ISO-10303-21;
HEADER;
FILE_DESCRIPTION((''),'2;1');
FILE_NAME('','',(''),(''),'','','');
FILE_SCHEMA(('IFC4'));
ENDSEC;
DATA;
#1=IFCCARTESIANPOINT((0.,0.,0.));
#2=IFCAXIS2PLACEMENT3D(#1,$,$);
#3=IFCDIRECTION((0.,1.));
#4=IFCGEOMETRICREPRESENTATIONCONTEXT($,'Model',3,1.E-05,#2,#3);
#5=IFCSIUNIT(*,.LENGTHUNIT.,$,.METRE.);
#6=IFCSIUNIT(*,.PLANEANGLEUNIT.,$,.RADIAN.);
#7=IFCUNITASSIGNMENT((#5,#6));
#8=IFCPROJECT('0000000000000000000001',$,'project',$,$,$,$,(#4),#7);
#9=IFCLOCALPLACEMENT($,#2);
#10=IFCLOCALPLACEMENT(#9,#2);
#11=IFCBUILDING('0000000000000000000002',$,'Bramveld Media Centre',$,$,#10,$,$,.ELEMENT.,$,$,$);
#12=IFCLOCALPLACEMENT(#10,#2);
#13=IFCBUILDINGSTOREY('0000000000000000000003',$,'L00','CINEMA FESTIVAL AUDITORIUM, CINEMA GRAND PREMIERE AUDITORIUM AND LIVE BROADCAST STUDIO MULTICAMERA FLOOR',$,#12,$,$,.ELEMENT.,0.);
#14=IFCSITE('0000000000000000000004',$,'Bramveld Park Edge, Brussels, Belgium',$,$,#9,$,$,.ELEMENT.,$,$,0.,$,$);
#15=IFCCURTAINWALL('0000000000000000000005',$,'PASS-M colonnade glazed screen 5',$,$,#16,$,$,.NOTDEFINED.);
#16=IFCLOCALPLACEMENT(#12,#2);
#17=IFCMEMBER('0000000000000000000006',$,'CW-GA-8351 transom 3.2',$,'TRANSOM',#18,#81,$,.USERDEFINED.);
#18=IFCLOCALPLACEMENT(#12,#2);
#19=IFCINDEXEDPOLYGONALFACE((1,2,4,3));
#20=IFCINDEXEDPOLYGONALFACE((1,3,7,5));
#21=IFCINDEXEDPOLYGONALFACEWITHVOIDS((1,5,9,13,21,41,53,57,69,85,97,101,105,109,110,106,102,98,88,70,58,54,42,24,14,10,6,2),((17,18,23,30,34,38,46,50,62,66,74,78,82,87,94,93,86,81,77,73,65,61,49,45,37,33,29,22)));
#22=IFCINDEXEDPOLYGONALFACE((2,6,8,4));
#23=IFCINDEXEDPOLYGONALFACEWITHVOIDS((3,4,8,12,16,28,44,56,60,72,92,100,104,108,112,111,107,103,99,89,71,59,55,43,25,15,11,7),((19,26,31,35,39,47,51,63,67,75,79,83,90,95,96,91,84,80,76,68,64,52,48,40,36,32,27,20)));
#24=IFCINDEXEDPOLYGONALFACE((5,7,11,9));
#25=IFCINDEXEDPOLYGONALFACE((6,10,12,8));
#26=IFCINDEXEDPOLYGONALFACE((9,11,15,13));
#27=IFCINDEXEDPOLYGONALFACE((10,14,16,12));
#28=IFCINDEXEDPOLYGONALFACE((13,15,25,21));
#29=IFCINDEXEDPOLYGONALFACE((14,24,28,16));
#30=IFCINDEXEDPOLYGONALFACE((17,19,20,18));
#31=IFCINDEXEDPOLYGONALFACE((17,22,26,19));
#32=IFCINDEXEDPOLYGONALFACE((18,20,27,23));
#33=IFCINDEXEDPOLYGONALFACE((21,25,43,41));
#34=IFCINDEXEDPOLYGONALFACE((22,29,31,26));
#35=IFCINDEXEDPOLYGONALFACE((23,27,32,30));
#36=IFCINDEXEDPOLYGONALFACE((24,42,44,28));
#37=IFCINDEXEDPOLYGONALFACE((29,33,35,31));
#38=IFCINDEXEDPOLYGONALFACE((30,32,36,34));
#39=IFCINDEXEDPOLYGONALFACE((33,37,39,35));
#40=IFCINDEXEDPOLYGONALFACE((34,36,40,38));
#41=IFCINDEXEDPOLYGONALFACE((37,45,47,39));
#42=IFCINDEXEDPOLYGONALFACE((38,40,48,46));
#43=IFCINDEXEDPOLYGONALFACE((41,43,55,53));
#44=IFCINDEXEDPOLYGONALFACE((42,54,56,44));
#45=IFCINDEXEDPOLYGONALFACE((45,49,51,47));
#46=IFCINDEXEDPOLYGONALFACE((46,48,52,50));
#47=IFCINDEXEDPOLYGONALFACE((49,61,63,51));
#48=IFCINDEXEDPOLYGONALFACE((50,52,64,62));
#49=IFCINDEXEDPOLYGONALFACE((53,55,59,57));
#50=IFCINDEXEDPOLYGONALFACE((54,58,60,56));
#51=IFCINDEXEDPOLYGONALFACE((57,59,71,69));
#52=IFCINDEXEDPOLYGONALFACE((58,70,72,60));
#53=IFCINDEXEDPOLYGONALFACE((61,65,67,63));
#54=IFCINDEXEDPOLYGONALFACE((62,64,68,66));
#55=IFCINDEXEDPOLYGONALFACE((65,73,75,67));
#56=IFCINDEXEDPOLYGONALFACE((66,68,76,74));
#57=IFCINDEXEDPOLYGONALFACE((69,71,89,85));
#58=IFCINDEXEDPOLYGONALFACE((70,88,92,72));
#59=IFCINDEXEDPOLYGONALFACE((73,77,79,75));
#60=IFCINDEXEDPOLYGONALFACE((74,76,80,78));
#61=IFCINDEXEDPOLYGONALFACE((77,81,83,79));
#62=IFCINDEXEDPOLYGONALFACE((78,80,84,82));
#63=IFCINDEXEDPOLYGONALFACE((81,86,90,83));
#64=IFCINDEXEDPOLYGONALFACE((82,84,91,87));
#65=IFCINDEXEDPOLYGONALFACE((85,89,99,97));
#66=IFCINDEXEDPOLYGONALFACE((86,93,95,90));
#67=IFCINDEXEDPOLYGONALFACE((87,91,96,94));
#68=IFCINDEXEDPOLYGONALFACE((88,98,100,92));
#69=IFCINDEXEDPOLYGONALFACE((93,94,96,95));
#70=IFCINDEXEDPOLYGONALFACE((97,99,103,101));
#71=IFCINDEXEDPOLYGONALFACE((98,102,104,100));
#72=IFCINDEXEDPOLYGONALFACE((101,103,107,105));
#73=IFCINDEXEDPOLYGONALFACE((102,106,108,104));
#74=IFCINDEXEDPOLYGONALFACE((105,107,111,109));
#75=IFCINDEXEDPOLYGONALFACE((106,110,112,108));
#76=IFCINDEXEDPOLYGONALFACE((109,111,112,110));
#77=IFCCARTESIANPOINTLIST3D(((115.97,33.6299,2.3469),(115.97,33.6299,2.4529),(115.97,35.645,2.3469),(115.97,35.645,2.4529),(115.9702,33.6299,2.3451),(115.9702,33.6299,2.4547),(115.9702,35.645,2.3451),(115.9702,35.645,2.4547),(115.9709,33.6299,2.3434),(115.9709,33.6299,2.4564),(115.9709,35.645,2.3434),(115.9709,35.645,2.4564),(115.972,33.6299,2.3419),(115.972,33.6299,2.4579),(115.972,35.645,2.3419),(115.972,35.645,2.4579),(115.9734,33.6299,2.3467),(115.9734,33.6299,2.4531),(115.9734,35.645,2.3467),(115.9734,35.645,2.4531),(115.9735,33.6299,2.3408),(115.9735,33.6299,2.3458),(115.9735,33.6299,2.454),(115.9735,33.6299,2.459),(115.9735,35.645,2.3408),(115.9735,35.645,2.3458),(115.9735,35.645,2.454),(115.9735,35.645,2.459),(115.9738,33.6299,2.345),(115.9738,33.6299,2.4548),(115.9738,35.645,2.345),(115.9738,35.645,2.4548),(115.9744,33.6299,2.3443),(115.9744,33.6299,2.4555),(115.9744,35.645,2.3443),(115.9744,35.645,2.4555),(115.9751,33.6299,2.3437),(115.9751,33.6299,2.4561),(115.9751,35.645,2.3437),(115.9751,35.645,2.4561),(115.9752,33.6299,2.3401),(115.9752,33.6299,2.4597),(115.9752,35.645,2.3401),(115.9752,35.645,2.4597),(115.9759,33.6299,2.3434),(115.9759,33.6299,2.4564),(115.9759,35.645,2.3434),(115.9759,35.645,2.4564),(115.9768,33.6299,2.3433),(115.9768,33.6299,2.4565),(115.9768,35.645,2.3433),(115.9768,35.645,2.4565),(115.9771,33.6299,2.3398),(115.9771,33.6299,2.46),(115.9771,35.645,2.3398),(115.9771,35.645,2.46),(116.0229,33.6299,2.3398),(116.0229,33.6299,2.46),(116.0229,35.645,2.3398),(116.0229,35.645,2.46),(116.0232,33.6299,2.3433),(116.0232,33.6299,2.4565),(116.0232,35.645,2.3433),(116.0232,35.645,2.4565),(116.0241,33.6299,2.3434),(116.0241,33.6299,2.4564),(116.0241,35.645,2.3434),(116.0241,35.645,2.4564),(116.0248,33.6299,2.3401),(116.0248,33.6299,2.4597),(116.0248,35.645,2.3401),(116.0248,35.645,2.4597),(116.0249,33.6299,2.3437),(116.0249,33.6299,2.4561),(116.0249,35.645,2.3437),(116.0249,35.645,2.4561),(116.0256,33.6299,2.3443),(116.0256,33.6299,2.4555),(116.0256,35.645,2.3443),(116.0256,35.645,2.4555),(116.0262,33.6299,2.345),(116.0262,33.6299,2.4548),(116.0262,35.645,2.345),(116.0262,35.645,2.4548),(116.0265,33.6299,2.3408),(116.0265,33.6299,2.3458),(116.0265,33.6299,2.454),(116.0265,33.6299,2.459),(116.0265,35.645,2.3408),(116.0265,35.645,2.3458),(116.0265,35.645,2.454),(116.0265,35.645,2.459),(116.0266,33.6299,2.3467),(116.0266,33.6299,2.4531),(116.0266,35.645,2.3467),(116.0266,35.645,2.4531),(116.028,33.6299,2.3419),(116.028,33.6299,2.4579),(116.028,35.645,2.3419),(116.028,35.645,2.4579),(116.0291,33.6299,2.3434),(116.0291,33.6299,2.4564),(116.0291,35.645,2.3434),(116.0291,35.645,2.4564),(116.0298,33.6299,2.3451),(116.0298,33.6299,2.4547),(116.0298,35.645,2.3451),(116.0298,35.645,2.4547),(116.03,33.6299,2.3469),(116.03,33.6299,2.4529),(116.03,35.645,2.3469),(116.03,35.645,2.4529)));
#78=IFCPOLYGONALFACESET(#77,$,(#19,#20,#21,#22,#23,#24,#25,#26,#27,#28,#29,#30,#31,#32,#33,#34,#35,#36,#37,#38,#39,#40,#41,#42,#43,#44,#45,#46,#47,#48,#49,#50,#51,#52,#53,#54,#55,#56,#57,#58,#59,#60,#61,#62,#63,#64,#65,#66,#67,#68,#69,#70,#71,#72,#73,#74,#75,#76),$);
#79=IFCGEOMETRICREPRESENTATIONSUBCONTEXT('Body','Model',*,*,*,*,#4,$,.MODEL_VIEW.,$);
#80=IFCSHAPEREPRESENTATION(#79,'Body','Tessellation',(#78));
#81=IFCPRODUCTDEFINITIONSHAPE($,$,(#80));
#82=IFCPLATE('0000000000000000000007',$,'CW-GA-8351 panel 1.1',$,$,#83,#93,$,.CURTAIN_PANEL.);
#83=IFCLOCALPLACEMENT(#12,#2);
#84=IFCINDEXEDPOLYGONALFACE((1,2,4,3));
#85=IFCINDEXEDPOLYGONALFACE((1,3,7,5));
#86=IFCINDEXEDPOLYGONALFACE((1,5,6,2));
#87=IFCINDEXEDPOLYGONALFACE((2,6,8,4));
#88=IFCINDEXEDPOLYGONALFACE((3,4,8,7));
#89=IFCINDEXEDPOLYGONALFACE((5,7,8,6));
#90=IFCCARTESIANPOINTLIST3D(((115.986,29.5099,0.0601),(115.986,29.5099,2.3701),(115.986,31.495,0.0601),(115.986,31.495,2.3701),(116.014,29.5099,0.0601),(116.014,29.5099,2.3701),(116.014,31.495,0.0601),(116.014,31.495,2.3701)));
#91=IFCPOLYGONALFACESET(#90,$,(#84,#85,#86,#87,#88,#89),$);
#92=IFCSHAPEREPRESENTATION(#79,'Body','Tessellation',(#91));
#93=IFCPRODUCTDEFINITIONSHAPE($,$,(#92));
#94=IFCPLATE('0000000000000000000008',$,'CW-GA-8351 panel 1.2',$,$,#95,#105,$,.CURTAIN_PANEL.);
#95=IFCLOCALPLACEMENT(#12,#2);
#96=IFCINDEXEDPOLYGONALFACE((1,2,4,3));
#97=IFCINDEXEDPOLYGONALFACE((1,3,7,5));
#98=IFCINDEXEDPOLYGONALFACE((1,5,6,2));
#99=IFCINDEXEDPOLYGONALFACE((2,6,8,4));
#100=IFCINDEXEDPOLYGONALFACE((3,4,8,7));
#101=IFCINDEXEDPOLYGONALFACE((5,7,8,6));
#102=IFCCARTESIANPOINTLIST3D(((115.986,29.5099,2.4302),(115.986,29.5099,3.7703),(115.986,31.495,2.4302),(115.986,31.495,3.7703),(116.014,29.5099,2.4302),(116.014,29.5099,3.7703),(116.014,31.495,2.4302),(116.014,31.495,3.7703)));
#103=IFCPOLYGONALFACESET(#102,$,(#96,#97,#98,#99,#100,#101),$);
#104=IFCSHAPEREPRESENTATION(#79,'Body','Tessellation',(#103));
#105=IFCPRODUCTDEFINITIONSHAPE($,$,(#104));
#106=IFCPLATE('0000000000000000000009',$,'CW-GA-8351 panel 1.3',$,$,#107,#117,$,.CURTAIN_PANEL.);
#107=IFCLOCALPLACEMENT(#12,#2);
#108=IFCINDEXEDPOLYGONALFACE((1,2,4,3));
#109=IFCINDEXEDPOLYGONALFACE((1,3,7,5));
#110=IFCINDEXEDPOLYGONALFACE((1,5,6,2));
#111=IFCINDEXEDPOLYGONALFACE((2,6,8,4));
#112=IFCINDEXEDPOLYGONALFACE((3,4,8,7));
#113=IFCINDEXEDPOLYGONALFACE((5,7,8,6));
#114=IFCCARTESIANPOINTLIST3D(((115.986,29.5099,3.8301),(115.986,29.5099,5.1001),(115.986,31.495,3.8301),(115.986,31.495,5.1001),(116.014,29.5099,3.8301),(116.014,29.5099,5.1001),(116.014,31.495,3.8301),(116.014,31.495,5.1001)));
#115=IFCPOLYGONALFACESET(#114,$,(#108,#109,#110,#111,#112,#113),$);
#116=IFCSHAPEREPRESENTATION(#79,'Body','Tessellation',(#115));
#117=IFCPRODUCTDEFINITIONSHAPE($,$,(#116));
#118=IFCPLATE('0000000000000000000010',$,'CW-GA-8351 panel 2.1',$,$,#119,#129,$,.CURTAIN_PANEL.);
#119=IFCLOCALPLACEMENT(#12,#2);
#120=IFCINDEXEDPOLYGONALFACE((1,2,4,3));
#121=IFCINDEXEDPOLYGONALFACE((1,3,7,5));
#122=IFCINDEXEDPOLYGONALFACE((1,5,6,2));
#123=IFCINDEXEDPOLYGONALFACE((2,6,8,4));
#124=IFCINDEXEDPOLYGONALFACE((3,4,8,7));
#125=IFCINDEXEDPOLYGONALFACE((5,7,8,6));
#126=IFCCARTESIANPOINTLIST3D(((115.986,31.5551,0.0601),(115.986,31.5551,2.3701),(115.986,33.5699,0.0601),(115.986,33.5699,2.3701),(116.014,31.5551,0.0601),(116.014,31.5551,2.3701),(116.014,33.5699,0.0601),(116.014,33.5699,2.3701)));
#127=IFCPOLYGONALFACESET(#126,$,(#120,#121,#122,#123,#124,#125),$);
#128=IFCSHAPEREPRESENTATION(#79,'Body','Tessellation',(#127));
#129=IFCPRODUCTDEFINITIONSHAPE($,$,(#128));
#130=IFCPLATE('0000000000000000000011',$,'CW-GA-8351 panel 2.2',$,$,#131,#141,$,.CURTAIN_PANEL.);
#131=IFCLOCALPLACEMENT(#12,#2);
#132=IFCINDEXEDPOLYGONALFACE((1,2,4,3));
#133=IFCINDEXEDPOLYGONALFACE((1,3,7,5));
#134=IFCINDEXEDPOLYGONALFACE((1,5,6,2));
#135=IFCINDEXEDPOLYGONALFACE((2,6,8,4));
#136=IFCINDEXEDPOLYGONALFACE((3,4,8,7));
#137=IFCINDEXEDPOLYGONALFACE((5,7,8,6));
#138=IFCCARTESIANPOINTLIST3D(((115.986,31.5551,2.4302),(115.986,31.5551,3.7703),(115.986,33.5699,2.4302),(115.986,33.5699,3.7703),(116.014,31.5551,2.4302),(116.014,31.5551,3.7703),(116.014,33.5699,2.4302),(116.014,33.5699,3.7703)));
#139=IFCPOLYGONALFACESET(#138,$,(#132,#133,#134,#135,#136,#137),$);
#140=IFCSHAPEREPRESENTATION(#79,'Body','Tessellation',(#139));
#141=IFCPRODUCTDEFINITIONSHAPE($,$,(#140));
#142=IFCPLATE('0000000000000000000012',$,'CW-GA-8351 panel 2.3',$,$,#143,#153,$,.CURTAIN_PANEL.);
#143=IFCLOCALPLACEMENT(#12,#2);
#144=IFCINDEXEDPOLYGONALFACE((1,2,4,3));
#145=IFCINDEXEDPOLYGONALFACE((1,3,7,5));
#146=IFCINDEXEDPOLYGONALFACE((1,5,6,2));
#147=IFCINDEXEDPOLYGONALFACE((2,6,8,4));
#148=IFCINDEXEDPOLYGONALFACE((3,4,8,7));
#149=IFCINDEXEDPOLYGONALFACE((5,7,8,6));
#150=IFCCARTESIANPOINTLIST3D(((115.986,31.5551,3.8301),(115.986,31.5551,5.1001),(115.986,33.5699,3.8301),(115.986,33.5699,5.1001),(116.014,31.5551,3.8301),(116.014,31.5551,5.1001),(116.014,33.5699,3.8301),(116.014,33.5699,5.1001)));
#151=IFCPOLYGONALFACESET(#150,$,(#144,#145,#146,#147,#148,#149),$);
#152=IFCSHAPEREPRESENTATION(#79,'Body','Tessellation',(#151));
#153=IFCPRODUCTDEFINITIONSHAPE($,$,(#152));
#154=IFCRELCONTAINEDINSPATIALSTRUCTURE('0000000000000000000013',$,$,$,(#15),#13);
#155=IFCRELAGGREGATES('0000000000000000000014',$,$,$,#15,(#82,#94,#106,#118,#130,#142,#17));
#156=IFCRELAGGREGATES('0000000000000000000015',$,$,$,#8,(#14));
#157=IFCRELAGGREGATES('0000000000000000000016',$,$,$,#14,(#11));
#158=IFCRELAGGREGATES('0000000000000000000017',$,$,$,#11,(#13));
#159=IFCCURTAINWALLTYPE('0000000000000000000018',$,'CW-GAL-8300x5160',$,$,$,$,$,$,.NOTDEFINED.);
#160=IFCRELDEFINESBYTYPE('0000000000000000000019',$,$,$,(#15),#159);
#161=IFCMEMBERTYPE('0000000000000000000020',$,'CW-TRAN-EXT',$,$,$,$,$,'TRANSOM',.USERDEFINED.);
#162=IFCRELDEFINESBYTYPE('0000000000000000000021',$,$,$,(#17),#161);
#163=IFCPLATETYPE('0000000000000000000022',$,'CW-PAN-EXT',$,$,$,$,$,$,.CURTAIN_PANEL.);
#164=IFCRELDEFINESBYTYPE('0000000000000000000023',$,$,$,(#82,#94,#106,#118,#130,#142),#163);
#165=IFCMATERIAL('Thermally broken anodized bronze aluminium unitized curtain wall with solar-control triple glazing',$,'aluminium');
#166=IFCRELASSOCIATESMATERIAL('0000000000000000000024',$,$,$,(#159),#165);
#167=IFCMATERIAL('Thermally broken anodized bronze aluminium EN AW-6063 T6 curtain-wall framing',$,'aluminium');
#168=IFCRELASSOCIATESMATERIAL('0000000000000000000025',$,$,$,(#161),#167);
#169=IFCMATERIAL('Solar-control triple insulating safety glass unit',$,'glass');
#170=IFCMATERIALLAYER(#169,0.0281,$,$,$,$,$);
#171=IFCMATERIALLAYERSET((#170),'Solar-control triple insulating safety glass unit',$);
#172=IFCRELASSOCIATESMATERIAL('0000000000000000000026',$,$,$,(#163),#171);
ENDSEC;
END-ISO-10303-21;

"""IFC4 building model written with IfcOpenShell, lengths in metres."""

from ifc_helpers import new_model, si_unit, direction, frame, origin, origin_2d, place, context, subcontext, project, spatial, rectangle, hollow_rectangle, extrude, material, layer, layer_set, material_profile, profile_set, type_object, element, aggregate, save


model = new_model("IFC4")

# Units and contexts
model_context = context("Model", 3, precision=1e-05, world=origin(), true_north=direction((0.0, 1.0)))
body_context = subcontext(model_context, "Body", "Model", "MODEL_VIEW")
ifc_project = project(units=[si_unit("LENGTHUNIT", "METRE"), si_unit("PLANEANGLEUNIT", "RADIAN")], contexts=[model_context])

# Site, building, storey
site_placement = place(None, origin())
site = spatial("IfcSite", under=ifc_project, at=site_placement, Name="Bramveld Park Edge, Brussels, Belgium", CompositionType="ELEMENT", RefElevation=0.0)
building_placement = place(site_placement, origin())
building = spatial("IfcBuilding", under=site, at=building_placement, Name="Bramveld Media Centre", CompositionType="ELEMENT")
storey_placement = place(building_placement, origin())
storey = spatial("IfcBuildingStorey", under=building, at=storey_placement, Name="L00", Description="CINEMA FESTIVAL AUDITORIUM, CINEMA GRAND PREMIERE AUDITORIUM AND LIVE BROADCAST STUDIO MULTICAMERA FLOOR", CompositionType="ELEMENT", Elevation=0.0)

# Curtain wall, member, plates
ifc_material_1 = material(Name="Thermally broken anodized bronze aluminium unitized curtain wall with solar-control triple glazing", Category="aluminium")
curtain_wall_type_1 = type_object("IfcCurtainWallType", Name="CW-GAL-8300x5160", PredefinedType="NOTDEFINED", material=ifc_material_1)
curtain_wall_1_placement = place(storey_placement, origin())
curtain_wall_1 = element("IfcCurtainWall", 1, at=curtain_wall_1_placement, inside=storey, type_object=curtain_wall_type_1, Name="PASS-M colonnade glazed screen 5", PredefinedType="NOTDEFINED")
ifc_material_2 = material(Name="Thermally broken anodized bronze aluminium EN AW-6063 T6 curtain-wall framing", Category="aluminium")
ifc_material_profile_1 = material_profile(ifc_material_2, hollow_rectangle(XDim=0.0601, YDim=0.1201, WallThickness=0.0034, InnerFilletRadius=0.0034, OuterFilletRadius=0.0071, at=origin_2d()), Name="AL-TRAN 60x120")
ifc_profile_set_1 = profile_set([ifc_material_profile_1], Name="Thermally broken anodized bronze aluminium EN AW-6063 T6 curtain-wall framing")
member_type_1 = type_object("IfcMemberType", Name="CW-TRAN-EXT", ElementType="TRANSOM", PredefinedType="USERDEFINED", material=ifc_profile_set_1)
member_1_placement = place(storey_placement, frame((116.0, 33.6299, 2.3999), z_axis=(0.0, 1.0, 0.0), x_axis=(-1.0, 0.0, 0.0)))
member_1 = element("IfcMember", 2, at=member_1_placement, type_object=member_type_1, Name="CW-GA-8351 transom 3.2", ObjectType="TRANSOM", PredefinedType="USERDEFINED", context=body_context, shape_type="SweptSolid", body=[
    extrude(hollow_rectangle(XDim=0.0601, YDim=0.1201, WallThickness=0.0034, InnerFilletRadius=0.0034, OuterFilletRadius=0.0071, at=origin_2d()), origin(), (0.0, 0.0, 1.0), 2.0151),
])
ifc_material_3 = material(Name="Solar-control triple insulating safety glass unit", Category="glass")
ifc_layer = layer(ifc_material_3, 0.0281)
ifc_layer_set = layer_set([ifc_layer], Name="Solar-control triple insulating safety glass unit")
plate_type = type_object("IfcPlateType", Name="CW-PAN-EXT", PredefinedType="CURTAIN_PANEL", material=ifc_layer_set)
plate_1_placement = place(storey_placement, frame((116.0, 30.5024, 0.0601), z_axis=(0.0, 0.0, 1.0), x_axis=(0.0, 1.0, 0.0)))
plate_1 = element("IfcPlate", 3, at=plate_1_placement, type_object=plate_type, Name="CW-GA-8351 panel 1.1", PredefinedType="CURTAIN_PANEL", context=body_context, shape_type="SweptSolid", body=[
    extrude(rectangle(XDim=1.9851, YDim=0.0281, at=origin_2d()), origin(), (0.0, 0.0, 1.0), 2.3101),
])
plate_2_placement = place(storey_placement, frame((116.0, 30.5024, 2.4302), z_axis=(0.0, 0.0, 1.0), x_axis=(0.0, 1.0, 0.0)))
plate_2 = element("IfcPlate", 4, at=plate_2_placement, type_object=plate_type, Name="CW-GA-8351 panel 1.2", PredefinedType="CURTAIN_PANEL", context=body_context, shape_type="SweptSolid", body=[
    extrude(rectangle(XDim=1.9851, YDim=0.0281, at=origin_2d()), origin(), (0.0, 0.0, 1.0), 1.3401),
])
plate_3_placement = place(storey_placement, frame((116.0, 30.5024, 3.8301), z_axis=(0.0, 0.0, 1.0), x_axis=(0.0, 1.0, 0.0)))
plate_3 = element("IfcPlate", 5, at=plate_3_placement, type_object=plate_type, Name="CW-GA-8351 panel 1.3", PredefinedType="CURTAIN_PANEL", context=body_context, shape_type="SweptSolid", body=[
    extrude(rectangle(XDim=1.9851, YDim=0.0281, at=origin_2d()), origin(), (0.0, 0.0, 1.0), 1.27),
])
plate_4_placement = place(storey_placement, frame((116.0, 32.5625, 0.0601), z_axis=(0.0, 0.0, 1.0), x_axis=(0.0, 1.0, 0.0)))
plate_4 = element("IfcPlate", 6, at=plate_4_placement, type_object=plate_type, Name="CW-GA-8351 panel 2.1", PredefinedType="CURTAIN_PANEL", context=body_context, shape_type="SweptSolid", body=[
    extrude(rectangle(XDim=2.0149, YDim=0.0281, at=origin_2d()), origin(), (0.0, 0.0, 1.0), 2.3101),
])
plate_5_placement = place(storey_placement, frame((116.0, 32.5625, 2.4302), z_axis=(0.0, 0.0, 1.0), x_axis=(0.0, 1.0, 0.0)))
plate_5 = element("IfcPlate", 7, at=plate_5_placement, type_object=plate_type, Name="CW-GA-8351 panel 2.2", PredefinedType="CURTAIN_PANEL", context=body_context, shape_type="SweptSolid", body=[
    extrude(rectangle(XDim=2.0149, YDim=0.0281, at=origin_2d()), origin(), (0.0, 0.0, 1.0), 1.3401),
])
plate_6_placement = place(storey_placement, frame((116.0, 32.5625, 3.8301), z_axis=(0.0, 0.0, 1.0), x_axis=(0.0, 1.0, 0.0)))
plate_6 = element("IfcPlate", 8, at=plate_6_placement, type_object=plate_type, Name="CW-GA-8351 panel 2.3", PredefinedType="CURTAIN_PANEL", context=body_context, shape_type="SweptSolid", body=[
    extrude(rectangle(XDim=2.0149, YDim=0.0281, at=origin_2d()), origin(), (0.0, 0.0, 1.0), 1.27),
])
aggregate(curtain_wall_1, [plate_1, plate_2, plate_3, plate_4, plate_5, plate_6, member_1])

save(model, "model.ifc")
